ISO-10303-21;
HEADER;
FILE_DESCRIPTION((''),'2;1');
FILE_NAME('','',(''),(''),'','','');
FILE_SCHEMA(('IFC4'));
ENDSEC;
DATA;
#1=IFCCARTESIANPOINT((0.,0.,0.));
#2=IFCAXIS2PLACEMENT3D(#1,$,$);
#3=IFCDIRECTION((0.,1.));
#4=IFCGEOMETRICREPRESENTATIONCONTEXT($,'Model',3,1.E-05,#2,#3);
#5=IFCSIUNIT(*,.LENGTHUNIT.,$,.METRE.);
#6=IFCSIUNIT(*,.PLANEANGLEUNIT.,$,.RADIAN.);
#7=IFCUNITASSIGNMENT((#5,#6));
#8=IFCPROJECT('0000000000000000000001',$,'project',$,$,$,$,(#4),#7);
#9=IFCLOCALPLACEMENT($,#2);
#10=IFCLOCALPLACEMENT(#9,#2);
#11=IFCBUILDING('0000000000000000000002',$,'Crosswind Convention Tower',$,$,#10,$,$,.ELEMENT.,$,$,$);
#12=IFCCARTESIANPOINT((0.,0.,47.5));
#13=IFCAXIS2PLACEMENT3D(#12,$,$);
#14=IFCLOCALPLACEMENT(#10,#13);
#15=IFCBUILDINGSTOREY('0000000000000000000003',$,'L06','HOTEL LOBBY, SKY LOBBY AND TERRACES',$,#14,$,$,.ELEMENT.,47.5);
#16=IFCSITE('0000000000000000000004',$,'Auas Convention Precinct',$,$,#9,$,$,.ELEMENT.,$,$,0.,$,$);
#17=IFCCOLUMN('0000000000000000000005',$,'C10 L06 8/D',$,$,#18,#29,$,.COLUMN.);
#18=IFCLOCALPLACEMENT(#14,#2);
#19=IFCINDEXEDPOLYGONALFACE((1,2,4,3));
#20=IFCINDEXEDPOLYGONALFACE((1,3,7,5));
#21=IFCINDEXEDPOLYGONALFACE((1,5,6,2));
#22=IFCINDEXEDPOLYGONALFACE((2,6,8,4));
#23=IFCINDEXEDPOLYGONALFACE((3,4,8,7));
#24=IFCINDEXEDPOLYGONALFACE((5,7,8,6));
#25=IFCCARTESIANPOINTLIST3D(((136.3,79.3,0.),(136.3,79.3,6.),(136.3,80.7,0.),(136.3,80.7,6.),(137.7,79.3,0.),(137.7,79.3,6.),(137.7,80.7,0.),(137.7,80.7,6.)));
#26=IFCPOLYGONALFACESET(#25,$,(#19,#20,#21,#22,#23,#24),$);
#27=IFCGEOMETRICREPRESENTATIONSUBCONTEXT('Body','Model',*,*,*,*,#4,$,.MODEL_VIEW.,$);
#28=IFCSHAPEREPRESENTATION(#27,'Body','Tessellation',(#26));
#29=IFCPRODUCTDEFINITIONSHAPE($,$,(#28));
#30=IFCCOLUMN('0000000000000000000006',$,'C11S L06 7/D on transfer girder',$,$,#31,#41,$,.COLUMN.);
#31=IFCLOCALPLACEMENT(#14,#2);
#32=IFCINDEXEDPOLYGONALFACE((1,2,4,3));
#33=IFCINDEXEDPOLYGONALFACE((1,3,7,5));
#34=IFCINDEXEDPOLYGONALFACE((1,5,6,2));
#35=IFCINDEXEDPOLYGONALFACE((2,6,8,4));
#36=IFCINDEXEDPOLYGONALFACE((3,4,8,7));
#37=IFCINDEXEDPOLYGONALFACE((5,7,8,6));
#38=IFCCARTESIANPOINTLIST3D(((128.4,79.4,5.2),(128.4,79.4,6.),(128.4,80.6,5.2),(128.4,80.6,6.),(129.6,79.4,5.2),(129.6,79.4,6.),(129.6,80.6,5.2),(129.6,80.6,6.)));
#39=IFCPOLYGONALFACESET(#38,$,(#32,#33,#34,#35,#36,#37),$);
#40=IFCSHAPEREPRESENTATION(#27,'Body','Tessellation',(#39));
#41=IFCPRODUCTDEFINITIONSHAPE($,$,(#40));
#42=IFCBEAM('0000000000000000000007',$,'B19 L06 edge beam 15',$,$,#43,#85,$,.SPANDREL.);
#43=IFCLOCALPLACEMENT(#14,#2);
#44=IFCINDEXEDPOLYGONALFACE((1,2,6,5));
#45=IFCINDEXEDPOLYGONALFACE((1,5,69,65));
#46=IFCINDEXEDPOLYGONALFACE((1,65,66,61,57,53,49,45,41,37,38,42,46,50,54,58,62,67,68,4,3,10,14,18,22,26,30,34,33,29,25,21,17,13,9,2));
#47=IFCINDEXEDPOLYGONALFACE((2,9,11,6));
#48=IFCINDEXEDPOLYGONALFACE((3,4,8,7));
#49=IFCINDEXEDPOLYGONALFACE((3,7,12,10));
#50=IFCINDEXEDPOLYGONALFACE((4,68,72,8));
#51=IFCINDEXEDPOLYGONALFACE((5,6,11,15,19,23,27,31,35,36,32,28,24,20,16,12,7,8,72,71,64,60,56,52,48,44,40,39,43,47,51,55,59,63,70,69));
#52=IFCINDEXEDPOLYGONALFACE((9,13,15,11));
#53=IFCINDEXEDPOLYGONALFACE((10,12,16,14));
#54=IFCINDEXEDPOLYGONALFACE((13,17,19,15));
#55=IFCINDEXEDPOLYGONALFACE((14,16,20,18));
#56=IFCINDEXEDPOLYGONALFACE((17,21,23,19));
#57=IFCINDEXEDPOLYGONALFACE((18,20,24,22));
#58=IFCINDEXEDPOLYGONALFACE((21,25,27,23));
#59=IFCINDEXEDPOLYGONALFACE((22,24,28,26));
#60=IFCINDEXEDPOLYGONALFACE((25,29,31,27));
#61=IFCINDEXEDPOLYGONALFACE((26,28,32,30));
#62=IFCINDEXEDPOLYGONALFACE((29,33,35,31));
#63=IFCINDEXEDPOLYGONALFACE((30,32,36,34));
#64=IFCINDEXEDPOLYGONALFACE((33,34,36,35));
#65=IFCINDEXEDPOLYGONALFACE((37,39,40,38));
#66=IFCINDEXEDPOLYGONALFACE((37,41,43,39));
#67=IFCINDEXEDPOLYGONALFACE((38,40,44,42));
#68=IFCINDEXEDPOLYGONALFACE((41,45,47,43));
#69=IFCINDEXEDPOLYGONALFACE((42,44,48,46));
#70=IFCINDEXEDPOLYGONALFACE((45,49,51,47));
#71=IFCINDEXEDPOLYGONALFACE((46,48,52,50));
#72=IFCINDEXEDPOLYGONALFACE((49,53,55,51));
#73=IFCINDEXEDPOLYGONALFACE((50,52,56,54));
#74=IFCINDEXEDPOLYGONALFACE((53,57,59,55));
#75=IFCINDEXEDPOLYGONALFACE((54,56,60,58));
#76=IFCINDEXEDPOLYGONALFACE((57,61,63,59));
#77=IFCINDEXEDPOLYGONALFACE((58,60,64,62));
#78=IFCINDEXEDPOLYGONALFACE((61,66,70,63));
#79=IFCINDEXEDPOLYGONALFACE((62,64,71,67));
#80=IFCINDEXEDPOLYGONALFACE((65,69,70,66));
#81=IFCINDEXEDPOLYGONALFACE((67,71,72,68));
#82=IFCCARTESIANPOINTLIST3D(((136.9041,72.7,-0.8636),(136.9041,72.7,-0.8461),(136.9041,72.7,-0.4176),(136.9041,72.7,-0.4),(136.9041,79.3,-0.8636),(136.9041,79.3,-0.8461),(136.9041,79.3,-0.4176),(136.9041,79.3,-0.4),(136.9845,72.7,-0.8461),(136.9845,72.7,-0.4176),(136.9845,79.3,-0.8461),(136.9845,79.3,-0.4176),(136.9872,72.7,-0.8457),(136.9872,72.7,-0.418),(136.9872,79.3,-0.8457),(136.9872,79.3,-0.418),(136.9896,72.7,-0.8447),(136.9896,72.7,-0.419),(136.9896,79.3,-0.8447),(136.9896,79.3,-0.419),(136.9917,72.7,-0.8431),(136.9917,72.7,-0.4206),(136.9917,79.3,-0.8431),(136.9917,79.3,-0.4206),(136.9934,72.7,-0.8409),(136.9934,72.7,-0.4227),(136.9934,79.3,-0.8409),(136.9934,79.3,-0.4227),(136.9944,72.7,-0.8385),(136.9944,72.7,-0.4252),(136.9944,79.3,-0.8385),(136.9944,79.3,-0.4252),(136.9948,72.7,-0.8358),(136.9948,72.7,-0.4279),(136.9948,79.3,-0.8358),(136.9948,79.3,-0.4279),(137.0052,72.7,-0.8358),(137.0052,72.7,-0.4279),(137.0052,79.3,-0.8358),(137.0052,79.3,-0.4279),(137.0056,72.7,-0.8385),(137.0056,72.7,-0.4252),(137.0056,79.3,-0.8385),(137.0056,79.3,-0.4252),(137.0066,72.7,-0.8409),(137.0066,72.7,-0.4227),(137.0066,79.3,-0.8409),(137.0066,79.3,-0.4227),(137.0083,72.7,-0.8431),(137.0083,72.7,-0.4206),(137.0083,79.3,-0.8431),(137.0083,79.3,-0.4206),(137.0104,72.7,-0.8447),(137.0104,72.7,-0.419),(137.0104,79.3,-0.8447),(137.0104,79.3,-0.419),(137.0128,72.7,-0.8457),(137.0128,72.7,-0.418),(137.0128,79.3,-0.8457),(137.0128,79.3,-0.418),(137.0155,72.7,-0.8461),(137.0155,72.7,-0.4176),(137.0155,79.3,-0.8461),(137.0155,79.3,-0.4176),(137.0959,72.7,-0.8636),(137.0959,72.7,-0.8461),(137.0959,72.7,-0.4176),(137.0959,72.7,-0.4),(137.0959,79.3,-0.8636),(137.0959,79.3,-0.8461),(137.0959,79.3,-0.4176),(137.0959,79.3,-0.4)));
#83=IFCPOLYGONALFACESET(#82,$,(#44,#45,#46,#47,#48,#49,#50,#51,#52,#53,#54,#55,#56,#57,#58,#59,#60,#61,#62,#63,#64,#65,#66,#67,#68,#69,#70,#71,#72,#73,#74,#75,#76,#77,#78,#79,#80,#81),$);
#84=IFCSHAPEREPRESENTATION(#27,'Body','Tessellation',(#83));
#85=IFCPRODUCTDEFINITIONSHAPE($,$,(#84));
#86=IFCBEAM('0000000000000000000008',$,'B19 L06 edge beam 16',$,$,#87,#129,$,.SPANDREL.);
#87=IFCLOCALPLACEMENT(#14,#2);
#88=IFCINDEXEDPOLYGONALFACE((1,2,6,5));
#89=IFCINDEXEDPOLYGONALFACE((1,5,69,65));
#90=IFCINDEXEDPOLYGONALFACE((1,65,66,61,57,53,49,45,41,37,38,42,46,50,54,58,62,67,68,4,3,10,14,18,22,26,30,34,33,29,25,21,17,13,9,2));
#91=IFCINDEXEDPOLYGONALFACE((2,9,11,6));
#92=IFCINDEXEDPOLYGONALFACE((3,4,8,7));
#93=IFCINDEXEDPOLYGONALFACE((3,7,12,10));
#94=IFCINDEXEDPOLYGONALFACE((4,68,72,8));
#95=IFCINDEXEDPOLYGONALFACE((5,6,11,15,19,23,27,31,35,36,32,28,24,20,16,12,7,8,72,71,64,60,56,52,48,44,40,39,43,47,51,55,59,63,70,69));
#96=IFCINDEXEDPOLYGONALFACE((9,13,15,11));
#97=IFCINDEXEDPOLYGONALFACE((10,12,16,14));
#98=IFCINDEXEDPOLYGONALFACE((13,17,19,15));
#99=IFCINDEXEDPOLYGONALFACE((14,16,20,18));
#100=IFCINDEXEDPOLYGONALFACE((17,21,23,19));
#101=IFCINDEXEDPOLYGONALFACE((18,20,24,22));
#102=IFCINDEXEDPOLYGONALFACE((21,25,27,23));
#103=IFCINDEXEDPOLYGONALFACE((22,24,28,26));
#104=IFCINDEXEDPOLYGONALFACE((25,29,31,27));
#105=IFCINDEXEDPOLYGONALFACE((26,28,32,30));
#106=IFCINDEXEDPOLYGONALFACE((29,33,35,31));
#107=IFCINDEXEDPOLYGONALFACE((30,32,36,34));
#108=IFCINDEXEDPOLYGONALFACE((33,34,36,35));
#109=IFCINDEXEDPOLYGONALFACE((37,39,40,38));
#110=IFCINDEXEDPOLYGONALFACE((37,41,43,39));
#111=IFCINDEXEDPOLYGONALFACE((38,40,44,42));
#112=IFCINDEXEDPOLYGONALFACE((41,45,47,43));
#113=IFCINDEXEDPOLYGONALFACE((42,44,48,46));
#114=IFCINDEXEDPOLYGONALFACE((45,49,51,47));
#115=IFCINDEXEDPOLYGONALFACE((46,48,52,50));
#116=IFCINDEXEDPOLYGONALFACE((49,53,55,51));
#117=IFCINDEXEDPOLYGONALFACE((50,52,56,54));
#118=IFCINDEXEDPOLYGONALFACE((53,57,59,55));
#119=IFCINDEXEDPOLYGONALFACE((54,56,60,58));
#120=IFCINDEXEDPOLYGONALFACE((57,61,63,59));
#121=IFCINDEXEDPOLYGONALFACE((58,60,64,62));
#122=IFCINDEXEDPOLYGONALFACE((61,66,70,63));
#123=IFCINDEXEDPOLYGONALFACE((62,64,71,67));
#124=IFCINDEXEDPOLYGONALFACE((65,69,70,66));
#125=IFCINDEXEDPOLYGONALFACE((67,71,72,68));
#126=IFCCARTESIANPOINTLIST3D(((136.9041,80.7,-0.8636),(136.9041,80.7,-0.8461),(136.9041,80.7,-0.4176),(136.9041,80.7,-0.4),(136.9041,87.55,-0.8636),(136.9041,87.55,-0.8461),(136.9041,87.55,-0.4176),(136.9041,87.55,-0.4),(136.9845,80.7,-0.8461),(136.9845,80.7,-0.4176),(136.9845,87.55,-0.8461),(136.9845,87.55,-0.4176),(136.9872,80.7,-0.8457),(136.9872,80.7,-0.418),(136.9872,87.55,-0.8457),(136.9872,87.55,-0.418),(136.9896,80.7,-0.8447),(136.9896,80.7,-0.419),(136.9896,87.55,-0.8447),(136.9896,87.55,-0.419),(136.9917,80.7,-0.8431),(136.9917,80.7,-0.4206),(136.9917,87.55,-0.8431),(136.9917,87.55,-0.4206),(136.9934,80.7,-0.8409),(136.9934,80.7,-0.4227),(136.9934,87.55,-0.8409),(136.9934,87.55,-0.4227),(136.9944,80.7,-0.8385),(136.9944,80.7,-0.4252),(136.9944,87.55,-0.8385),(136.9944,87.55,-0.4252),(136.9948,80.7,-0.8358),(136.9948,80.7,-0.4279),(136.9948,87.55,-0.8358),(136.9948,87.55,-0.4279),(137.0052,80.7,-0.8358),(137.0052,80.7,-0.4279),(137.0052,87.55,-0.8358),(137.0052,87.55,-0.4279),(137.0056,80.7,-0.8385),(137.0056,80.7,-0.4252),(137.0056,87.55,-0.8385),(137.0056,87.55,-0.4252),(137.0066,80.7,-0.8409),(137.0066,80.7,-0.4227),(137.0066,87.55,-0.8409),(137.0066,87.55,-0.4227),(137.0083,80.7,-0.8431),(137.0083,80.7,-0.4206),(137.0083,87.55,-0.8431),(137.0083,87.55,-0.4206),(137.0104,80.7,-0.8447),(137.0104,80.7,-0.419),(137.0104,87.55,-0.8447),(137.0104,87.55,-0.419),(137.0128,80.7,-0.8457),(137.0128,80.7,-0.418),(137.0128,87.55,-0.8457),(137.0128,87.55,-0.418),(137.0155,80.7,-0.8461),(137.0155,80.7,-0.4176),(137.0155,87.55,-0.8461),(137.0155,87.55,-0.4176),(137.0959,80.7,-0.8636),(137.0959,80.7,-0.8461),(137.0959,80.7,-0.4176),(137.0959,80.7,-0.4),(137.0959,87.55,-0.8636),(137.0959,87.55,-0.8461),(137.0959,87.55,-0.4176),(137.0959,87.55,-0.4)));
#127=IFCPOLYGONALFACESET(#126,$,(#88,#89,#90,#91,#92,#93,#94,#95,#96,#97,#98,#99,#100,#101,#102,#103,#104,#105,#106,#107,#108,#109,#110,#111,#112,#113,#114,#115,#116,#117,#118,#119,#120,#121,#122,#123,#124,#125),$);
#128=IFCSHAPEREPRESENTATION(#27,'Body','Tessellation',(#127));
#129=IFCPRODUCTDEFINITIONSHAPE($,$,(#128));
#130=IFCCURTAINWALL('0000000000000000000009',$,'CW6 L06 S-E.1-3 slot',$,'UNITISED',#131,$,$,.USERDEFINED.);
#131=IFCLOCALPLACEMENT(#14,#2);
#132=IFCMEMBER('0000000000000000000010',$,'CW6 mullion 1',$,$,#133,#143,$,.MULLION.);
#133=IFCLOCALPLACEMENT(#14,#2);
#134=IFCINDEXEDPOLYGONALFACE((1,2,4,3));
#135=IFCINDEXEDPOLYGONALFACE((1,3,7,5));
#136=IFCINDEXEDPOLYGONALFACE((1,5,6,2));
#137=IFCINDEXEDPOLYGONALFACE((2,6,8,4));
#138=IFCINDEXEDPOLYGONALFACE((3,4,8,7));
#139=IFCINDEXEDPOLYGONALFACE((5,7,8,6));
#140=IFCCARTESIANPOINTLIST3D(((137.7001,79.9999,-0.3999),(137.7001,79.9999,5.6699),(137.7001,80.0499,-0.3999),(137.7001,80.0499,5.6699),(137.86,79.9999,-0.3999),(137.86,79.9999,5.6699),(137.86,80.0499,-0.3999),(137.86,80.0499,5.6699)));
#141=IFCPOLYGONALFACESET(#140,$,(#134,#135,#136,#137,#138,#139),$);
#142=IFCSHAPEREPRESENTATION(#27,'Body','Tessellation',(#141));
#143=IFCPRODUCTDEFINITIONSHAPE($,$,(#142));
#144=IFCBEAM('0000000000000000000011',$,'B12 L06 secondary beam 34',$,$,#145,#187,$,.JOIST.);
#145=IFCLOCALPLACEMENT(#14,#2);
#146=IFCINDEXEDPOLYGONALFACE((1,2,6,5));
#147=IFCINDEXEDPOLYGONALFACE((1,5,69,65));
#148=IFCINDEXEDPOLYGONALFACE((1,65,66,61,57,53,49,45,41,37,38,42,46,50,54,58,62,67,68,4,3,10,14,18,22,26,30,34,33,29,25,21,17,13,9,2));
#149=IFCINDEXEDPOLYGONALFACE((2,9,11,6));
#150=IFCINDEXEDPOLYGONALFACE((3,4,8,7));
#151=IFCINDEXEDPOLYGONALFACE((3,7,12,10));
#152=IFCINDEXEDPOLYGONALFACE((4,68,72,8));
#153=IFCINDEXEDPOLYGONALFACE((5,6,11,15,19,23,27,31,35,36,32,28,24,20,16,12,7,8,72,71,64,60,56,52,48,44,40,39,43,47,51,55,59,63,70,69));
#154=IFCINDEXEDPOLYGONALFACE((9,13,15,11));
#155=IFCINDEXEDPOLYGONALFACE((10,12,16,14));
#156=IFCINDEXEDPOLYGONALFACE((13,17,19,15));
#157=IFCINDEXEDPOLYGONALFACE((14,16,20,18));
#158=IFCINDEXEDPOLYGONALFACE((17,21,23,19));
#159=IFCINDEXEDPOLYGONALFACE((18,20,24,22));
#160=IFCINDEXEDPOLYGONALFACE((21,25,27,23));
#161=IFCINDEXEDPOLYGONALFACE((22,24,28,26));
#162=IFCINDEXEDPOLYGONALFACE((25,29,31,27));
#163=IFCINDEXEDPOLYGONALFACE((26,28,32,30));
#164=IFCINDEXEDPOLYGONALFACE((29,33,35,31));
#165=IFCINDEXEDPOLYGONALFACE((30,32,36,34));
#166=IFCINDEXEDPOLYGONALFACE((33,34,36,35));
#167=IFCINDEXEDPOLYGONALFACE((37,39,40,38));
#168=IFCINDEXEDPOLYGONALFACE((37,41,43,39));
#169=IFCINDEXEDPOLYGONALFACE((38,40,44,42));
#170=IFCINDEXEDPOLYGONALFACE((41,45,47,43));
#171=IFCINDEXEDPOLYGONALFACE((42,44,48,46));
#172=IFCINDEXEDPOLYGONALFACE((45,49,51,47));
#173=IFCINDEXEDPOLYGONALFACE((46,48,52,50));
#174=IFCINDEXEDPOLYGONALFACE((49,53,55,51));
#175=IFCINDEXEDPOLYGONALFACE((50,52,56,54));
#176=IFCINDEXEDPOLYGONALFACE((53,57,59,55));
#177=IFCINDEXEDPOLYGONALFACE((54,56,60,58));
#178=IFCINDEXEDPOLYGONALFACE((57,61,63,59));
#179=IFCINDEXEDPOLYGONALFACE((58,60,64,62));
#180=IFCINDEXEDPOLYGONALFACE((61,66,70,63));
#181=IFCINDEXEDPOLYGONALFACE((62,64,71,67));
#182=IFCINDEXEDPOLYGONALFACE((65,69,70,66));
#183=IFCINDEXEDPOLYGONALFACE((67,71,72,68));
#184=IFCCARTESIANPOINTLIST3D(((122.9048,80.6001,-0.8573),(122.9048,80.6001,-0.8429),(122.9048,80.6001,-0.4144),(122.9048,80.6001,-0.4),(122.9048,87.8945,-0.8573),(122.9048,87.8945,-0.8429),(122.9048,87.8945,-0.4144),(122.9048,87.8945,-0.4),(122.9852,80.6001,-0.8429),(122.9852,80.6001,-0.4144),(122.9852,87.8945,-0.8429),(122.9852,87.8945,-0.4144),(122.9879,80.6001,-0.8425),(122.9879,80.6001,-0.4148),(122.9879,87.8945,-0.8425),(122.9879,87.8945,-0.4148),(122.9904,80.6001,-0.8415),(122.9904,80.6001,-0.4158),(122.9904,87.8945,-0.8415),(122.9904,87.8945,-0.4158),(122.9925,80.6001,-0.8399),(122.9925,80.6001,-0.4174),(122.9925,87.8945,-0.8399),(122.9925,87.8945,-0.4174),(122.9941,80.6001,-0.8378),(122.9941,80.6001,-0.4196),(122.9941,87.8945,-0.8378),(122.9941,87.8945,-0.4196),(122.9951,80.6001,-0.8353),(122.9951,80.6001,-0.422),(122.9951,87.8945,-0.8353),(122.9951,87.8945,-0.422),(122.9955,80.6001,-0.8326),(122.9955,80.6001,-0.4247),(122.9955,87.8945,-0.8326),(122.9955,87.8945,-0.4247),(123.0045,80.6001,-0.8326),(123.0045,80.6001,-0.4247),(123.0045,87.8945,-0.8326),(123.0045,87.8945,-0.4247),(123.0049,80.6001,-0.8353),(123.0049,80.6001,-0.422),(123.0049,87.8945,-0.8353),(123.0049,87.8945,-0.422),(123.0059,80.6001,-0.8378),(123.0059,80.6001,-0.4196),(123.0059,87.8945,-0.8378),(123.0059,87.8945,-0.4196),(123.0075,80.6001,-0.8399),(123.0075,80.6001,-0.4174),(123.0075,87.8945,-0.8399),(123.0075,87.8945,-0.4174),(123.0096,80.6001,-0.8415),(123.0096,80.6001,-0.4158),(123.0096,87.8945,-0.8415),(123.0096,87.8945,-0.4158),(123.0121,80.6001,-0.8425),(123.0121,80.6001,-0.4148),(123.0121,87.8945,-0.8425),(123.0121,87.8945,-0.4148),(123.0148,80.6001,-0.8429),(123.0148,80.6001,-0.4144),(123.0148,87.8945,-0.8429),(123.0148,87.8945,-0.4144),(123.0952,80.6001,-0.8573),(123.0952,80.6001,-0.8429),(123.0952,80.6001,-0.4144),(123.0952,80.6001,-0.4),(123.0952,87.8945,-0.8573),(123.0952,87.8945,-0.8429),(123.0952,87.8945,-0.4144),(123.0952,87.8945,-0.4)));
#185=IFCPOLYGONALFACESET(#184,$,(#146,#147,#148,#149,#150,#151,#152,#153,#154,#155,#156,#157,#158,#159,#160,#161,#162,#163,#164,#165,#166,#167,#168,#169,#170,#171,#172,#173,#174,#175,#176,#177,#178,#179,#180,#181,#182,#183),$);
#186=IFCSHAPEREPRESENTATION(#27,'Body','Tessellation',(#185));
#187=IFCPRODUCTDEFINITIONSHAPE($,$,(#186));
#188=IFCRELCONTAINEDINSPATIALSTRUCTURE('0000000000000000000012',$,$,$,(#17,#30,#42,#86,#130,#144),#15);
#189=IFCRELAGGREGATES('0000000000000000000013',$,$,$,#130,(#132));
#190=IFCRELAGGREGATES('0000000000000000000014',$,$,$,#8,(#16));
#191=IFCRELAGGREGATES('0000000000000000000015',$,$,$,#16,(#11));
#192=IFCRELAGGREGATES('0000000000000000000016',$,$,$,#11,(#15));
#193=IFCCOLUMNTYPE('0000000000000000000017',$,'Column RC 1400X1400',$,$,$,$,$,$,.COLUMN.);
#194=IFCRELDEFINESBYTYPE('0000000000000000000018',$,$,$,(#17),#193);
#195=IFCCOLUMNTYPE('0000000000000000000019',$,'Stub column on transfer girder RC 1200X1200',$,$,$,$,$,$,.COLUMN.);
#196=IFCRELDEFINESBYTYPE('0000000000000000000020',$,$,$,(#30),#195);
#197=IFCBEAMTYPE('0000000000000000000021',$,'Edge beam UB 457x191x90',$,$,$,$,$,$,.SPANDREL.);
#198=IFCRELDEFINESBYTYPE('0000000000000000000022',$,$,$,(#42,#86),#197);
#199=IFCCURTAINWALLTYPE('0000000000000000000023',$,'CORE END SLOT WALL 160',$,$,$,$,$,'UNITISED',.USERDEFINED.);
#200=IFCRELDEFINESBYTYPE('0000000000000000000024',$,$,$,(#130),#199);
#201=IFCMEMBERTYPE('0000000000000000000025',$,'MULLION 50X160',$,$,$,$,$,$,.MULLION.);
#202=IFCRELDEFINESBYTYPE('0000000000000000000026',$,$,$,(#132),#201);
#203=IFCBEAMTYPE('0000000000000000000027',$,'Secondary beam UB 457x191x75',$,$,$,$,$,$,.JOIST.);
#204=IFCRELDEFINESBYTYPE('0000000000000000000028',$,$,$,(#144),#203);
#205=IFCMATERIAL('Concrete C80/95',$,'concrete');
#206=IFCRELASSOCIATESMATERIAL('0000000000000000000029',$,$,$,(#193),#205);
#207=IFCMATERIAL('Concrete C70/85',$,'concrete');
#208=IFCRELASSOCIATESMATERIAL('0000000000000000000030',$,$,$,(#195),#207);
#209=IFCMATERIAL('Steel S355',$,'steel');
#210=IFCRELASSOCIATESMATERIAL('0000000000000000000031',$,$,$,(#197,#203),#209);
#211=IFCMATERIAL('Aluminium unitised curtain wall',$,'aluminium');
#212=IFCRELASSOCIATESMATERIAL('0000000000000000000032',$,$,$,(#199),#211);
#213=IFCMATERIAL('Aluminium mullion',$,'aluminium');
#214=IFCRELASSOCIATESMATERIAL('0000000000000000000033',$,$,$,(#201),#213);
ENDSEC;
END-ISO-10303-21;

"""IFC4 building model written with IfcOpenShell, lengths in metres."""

from ifc_helpers import new_model, si_unit, direction, frame, origin, origin_2d, place, context, subcontext, project, spatial, rectangle, i_section, extrude, material, material_profile, profile_set, type_object, element, aggregate, save


model = new_model("IFC4")

# Units and contexts
model_context = context("Model", 3, precision=1e-05, world=origin(), true_north=direction((0.0, 1.0)))
body_context = subcontext(model_context, "Body", "Model", "MODEL_VIEW")
ifc_project = project(units=[si_unit("LENGTHUNIT", "METRE"), si_unit("PLANEANGLEUNIT", "RADIAN")], contexts=[model_context])

# Site, building, storey
site_placement = place(None, origin())
site = spatial("IfcSite", under=ifc_project, at=site_placement, Name="Auas Convention Precinct", CompositionType="ELEMENT", RefElevation=0.0)
building_placement = place(site_placement, origin())
building = spatial("IfcBuilding", under=site, at=building_placement, Name="Crosswind Convention Tower", CompositionType="ELEMENT")
storey_placement = place(building_placement, frame((0.0, 0.0, 47.5)))
storey = spatial("IfcBuildingStorey", under=building, at=storey_placement, Name="L06", Description="HOTEL LOBBY, SKY LOBBY AND TERRACES", CompositionType="ELEMENT", Elevation=47.5)

# Columns
ifc_material_1 = material(Name="Concrete C80/95", Category="concrete")
ifc_material_profile_1 = material_profile(ifc_material_1, rectangle(XDim=1.3999, YDim=1.3999, at=origin_2d()), Name="RC 1400X1400")
ifc_profile_set_1 = profile_set([ifc_material_profile_1], Name="Concrete C80/95")
column_type_1 = type_object("IfcColumnType", Name="Column RC 1400X1400", PredefinedType="COLUMN", material=ifc_profile_set_1)
column_1_placement = place(storey_placement, frame((137.0, 80.0, 0.0), z_axis=(0.0, 0.0, 1.0), x_axis=(1.0, 0.0, 0.0)))
element("IfcColumn", 1, at=column_1_placement, inside=storey, type_object=column_type_1, Name="C10 L06 8/D", PredefinedType="COLUMN", context=body_context, shape_type="SweptSolid", body=[
    extrude(rectangle(XDim=1.3999, YDim=1.3999, at=origin_2d()), origin(), (0.0, 0.0, 1.0), 6.0),
])
ifc_material_2 = material(Name="Concrete C70/85", Category="concrete")
ifc_material_profile_2 = material_profile(ifc_material_2, rectangle(XDim=1.2, YDim=1.2, at=origin_2d()), Name="RC 1200X1200")
ifc_profile_set_2 = profile_set([ifc_material_profile_2], Name="Concrete C70/85")
column_type_2 = type_object("IfcColumnType", Name="Stub column on transfer girder RC 1200X1200", PredefinedType="COLUMN", material=ifc_profile_set_2)
column_2_placement = place(storey_placement, frame((129.0, 80.0, 5.2), z_axis=(0.0, 0.0, 1.0), x_axis=(1.0, 0.0, 0.0)))
element("IfcColumn", 2, at=column_2_placement, inside=storey, type_object=column_type_2, Name="C11S L06 7/D on transfer girder", PredefinedType="COLUMN", context=body_context, shape_type="SweptSolid", body=[
    extrude(rectangle(XDim=1.2, YDim=1.2, at=origin_2d()), origin(), (0.0, 0.0, 1.0), 0.8),
])

# Beams
ifc_material_3 = material(Name="Steel S355", Category="steel")
ifc_material_profile_3 = material_profile(ifc_material_3, i_section(OverallWidth=0.1919, OverallDepth=0.4636, WebThickness=0.0105, FlangeThickness=0.0176, FilletRadius=0.0103, at=origin_2d()), Name="UB 457x191x90")
ifc_profile_set_3 = profile_set([ifc_material_profile_3], Name="Steel S355")
beam_type_1 = type_object("IfcBeamType", Name="Edge beam UB 457x191x90", PredefinedType="SPANDREL", material=ifc_profile_set_3)
beam_1_placement = place(storey_placement, frame((137.0, 72.7, -0.6318), z_axis=(0.0, 1.0, 0.0), x_axis=(-1.0, 0.0, 0.0)))
element("IfcBeam", 3, at=beam_1_placement, inside=storey, type_object=beam_type_1, Name="B19 L06 edge beam 15", PredefinedType="SPANDREL", context=body_context, shape_type="SweptSolid", body=[
    extrude(i_section(OverallWidth=0.1919, OverallDepth=0.4636, WebThickness=0.0105, FlangeThickness=0.0176, FilletRadius=0.0103, at=origin_2d()), origin(), (0.0, 0.0, 1.0), 6.6001),
])
beam_2_placement = place(storey_placement, frame((137.0, 80.7, -0.6318), z_axis=(0.0, 1.0, 0.0), x_axis=(-1.0, 0.0, 0.0)))
element("IfcBeam", 4, at=beam_2_placement, inside=storey, type_object=beam_type_1, Name="B19 L06 edge beam 16", PredefinedType="SPANDREL", context=body_context, shape_type="SweptSolid", body=[
    extrude(i_section(OverallWidth=0.1919, OverallDepth=0.4636, WebThickness=0.0105, FlangeThickness=0.0176, FilletRadius=0.0103, at=origin_2d()), origin(), (0.0, 0.0, 1.0), 6.8501),
])

# Curtain wall, member
ifc_material_4 = material(Name="Aluminium unitised curtain wall", Category="aluminium")
curtain_wall_type = type_object("IfcCurtainWallType", Name="CORE END SLOT WALL 160", ElementType="UNITISED", PredefinedType="USERDEFINED", material=ifc_material_4)
curtain_wall_placement = place(storey_placement, origin())
curtain_wall = element("IfcCurtainWall", 5, at=curtain_wall_placement, inside=storey, type_object=curtain_wall_type, Name="CW6 L06 S-E.1-3 slot", ObjectType="UNITISED", PredefinedType="USERDEFINED")
ifc_material_5 = material(Name="Aluminium mullion", Category="aluminium")
ifc_material_profile_4 = material_profile(ifc_material_5, rectangle(XDim=0.1599, YDim=0.05, at=origin_2d()), Name="AL 160X50")
ifc_profile_set_4 = profile_set([ifc_material_profile_4], Name="Aluminium mullion")
member_type = type_object("IfcMemberType", Name="MULLION 50X160", PredefinedType="MULLION", material=ifc_profile_set_4)
member_placement = place(storey_placement, frame((137.78, 80.0249, -0.3999), z_axis=(0.0, 0.0, 1.0), x_axis=(1.0, 0.0, 0.0)))
member = element("IfcMember", 6, at=member_placement, type_object=member_type, Name="CW6 mullion 1", PredefinedType="MULLION", context=body_context, shape_type="SweptSolid", body=[
    extrude(rectangle(XDim=0.1599, YDim=0.05, at=origin_2d()), origin(), (0.0, 0.0, 1.0), 6.0698),
])
aggregate(curtain_wall, [member])

# Beam
ifc_material_profile_5 = material_profile(ifc_material_3, i_section(OverallWidth=0.1904, OverallDepth=0.4573, WebThickness=0.009, FlangeThickness=0.0144, FilletRadius=0.0103, at=origin_2d()), Name="UB 457x191x75")
ifc_profile_set_5 = profile_set([ifc_material_profile_5], Name="Steel S355")
beam_type_2 = type_object("IfcBeamType", Name="Secondary beam UB 457x191x75", PredefinedType="JOIST", material=ifc_profile_set_5)
for number, where, z_axis, x_axis, name in (
    (7, (123.0, 80.6001, -0.6287), (0.0, 1.0, 0.0), (-1.0, 0.0, 0.0), "B12 L06 secondary beam 34"),
):
    element("IfcBeam", number, at=place(storey_placement, frame(where, z_axis=z_axis, x_axis=x_axis)), inside=storey, type_object=beam_type_2, Name=name, PredefinedType="JOIST", context=body_context, shape_type="SweptSolid", body=[
        extrude(i_section(OverallWidth=0.1904, OverallDepth=0.4573, WebThickness=0.009, FlangeThickness=0.0144, FilletRadius=0.0103, at=origin_2d()), origin(), (0.0, 0.0, 1.0), 7.2944),
    ])

save(model, "model.ifc")
